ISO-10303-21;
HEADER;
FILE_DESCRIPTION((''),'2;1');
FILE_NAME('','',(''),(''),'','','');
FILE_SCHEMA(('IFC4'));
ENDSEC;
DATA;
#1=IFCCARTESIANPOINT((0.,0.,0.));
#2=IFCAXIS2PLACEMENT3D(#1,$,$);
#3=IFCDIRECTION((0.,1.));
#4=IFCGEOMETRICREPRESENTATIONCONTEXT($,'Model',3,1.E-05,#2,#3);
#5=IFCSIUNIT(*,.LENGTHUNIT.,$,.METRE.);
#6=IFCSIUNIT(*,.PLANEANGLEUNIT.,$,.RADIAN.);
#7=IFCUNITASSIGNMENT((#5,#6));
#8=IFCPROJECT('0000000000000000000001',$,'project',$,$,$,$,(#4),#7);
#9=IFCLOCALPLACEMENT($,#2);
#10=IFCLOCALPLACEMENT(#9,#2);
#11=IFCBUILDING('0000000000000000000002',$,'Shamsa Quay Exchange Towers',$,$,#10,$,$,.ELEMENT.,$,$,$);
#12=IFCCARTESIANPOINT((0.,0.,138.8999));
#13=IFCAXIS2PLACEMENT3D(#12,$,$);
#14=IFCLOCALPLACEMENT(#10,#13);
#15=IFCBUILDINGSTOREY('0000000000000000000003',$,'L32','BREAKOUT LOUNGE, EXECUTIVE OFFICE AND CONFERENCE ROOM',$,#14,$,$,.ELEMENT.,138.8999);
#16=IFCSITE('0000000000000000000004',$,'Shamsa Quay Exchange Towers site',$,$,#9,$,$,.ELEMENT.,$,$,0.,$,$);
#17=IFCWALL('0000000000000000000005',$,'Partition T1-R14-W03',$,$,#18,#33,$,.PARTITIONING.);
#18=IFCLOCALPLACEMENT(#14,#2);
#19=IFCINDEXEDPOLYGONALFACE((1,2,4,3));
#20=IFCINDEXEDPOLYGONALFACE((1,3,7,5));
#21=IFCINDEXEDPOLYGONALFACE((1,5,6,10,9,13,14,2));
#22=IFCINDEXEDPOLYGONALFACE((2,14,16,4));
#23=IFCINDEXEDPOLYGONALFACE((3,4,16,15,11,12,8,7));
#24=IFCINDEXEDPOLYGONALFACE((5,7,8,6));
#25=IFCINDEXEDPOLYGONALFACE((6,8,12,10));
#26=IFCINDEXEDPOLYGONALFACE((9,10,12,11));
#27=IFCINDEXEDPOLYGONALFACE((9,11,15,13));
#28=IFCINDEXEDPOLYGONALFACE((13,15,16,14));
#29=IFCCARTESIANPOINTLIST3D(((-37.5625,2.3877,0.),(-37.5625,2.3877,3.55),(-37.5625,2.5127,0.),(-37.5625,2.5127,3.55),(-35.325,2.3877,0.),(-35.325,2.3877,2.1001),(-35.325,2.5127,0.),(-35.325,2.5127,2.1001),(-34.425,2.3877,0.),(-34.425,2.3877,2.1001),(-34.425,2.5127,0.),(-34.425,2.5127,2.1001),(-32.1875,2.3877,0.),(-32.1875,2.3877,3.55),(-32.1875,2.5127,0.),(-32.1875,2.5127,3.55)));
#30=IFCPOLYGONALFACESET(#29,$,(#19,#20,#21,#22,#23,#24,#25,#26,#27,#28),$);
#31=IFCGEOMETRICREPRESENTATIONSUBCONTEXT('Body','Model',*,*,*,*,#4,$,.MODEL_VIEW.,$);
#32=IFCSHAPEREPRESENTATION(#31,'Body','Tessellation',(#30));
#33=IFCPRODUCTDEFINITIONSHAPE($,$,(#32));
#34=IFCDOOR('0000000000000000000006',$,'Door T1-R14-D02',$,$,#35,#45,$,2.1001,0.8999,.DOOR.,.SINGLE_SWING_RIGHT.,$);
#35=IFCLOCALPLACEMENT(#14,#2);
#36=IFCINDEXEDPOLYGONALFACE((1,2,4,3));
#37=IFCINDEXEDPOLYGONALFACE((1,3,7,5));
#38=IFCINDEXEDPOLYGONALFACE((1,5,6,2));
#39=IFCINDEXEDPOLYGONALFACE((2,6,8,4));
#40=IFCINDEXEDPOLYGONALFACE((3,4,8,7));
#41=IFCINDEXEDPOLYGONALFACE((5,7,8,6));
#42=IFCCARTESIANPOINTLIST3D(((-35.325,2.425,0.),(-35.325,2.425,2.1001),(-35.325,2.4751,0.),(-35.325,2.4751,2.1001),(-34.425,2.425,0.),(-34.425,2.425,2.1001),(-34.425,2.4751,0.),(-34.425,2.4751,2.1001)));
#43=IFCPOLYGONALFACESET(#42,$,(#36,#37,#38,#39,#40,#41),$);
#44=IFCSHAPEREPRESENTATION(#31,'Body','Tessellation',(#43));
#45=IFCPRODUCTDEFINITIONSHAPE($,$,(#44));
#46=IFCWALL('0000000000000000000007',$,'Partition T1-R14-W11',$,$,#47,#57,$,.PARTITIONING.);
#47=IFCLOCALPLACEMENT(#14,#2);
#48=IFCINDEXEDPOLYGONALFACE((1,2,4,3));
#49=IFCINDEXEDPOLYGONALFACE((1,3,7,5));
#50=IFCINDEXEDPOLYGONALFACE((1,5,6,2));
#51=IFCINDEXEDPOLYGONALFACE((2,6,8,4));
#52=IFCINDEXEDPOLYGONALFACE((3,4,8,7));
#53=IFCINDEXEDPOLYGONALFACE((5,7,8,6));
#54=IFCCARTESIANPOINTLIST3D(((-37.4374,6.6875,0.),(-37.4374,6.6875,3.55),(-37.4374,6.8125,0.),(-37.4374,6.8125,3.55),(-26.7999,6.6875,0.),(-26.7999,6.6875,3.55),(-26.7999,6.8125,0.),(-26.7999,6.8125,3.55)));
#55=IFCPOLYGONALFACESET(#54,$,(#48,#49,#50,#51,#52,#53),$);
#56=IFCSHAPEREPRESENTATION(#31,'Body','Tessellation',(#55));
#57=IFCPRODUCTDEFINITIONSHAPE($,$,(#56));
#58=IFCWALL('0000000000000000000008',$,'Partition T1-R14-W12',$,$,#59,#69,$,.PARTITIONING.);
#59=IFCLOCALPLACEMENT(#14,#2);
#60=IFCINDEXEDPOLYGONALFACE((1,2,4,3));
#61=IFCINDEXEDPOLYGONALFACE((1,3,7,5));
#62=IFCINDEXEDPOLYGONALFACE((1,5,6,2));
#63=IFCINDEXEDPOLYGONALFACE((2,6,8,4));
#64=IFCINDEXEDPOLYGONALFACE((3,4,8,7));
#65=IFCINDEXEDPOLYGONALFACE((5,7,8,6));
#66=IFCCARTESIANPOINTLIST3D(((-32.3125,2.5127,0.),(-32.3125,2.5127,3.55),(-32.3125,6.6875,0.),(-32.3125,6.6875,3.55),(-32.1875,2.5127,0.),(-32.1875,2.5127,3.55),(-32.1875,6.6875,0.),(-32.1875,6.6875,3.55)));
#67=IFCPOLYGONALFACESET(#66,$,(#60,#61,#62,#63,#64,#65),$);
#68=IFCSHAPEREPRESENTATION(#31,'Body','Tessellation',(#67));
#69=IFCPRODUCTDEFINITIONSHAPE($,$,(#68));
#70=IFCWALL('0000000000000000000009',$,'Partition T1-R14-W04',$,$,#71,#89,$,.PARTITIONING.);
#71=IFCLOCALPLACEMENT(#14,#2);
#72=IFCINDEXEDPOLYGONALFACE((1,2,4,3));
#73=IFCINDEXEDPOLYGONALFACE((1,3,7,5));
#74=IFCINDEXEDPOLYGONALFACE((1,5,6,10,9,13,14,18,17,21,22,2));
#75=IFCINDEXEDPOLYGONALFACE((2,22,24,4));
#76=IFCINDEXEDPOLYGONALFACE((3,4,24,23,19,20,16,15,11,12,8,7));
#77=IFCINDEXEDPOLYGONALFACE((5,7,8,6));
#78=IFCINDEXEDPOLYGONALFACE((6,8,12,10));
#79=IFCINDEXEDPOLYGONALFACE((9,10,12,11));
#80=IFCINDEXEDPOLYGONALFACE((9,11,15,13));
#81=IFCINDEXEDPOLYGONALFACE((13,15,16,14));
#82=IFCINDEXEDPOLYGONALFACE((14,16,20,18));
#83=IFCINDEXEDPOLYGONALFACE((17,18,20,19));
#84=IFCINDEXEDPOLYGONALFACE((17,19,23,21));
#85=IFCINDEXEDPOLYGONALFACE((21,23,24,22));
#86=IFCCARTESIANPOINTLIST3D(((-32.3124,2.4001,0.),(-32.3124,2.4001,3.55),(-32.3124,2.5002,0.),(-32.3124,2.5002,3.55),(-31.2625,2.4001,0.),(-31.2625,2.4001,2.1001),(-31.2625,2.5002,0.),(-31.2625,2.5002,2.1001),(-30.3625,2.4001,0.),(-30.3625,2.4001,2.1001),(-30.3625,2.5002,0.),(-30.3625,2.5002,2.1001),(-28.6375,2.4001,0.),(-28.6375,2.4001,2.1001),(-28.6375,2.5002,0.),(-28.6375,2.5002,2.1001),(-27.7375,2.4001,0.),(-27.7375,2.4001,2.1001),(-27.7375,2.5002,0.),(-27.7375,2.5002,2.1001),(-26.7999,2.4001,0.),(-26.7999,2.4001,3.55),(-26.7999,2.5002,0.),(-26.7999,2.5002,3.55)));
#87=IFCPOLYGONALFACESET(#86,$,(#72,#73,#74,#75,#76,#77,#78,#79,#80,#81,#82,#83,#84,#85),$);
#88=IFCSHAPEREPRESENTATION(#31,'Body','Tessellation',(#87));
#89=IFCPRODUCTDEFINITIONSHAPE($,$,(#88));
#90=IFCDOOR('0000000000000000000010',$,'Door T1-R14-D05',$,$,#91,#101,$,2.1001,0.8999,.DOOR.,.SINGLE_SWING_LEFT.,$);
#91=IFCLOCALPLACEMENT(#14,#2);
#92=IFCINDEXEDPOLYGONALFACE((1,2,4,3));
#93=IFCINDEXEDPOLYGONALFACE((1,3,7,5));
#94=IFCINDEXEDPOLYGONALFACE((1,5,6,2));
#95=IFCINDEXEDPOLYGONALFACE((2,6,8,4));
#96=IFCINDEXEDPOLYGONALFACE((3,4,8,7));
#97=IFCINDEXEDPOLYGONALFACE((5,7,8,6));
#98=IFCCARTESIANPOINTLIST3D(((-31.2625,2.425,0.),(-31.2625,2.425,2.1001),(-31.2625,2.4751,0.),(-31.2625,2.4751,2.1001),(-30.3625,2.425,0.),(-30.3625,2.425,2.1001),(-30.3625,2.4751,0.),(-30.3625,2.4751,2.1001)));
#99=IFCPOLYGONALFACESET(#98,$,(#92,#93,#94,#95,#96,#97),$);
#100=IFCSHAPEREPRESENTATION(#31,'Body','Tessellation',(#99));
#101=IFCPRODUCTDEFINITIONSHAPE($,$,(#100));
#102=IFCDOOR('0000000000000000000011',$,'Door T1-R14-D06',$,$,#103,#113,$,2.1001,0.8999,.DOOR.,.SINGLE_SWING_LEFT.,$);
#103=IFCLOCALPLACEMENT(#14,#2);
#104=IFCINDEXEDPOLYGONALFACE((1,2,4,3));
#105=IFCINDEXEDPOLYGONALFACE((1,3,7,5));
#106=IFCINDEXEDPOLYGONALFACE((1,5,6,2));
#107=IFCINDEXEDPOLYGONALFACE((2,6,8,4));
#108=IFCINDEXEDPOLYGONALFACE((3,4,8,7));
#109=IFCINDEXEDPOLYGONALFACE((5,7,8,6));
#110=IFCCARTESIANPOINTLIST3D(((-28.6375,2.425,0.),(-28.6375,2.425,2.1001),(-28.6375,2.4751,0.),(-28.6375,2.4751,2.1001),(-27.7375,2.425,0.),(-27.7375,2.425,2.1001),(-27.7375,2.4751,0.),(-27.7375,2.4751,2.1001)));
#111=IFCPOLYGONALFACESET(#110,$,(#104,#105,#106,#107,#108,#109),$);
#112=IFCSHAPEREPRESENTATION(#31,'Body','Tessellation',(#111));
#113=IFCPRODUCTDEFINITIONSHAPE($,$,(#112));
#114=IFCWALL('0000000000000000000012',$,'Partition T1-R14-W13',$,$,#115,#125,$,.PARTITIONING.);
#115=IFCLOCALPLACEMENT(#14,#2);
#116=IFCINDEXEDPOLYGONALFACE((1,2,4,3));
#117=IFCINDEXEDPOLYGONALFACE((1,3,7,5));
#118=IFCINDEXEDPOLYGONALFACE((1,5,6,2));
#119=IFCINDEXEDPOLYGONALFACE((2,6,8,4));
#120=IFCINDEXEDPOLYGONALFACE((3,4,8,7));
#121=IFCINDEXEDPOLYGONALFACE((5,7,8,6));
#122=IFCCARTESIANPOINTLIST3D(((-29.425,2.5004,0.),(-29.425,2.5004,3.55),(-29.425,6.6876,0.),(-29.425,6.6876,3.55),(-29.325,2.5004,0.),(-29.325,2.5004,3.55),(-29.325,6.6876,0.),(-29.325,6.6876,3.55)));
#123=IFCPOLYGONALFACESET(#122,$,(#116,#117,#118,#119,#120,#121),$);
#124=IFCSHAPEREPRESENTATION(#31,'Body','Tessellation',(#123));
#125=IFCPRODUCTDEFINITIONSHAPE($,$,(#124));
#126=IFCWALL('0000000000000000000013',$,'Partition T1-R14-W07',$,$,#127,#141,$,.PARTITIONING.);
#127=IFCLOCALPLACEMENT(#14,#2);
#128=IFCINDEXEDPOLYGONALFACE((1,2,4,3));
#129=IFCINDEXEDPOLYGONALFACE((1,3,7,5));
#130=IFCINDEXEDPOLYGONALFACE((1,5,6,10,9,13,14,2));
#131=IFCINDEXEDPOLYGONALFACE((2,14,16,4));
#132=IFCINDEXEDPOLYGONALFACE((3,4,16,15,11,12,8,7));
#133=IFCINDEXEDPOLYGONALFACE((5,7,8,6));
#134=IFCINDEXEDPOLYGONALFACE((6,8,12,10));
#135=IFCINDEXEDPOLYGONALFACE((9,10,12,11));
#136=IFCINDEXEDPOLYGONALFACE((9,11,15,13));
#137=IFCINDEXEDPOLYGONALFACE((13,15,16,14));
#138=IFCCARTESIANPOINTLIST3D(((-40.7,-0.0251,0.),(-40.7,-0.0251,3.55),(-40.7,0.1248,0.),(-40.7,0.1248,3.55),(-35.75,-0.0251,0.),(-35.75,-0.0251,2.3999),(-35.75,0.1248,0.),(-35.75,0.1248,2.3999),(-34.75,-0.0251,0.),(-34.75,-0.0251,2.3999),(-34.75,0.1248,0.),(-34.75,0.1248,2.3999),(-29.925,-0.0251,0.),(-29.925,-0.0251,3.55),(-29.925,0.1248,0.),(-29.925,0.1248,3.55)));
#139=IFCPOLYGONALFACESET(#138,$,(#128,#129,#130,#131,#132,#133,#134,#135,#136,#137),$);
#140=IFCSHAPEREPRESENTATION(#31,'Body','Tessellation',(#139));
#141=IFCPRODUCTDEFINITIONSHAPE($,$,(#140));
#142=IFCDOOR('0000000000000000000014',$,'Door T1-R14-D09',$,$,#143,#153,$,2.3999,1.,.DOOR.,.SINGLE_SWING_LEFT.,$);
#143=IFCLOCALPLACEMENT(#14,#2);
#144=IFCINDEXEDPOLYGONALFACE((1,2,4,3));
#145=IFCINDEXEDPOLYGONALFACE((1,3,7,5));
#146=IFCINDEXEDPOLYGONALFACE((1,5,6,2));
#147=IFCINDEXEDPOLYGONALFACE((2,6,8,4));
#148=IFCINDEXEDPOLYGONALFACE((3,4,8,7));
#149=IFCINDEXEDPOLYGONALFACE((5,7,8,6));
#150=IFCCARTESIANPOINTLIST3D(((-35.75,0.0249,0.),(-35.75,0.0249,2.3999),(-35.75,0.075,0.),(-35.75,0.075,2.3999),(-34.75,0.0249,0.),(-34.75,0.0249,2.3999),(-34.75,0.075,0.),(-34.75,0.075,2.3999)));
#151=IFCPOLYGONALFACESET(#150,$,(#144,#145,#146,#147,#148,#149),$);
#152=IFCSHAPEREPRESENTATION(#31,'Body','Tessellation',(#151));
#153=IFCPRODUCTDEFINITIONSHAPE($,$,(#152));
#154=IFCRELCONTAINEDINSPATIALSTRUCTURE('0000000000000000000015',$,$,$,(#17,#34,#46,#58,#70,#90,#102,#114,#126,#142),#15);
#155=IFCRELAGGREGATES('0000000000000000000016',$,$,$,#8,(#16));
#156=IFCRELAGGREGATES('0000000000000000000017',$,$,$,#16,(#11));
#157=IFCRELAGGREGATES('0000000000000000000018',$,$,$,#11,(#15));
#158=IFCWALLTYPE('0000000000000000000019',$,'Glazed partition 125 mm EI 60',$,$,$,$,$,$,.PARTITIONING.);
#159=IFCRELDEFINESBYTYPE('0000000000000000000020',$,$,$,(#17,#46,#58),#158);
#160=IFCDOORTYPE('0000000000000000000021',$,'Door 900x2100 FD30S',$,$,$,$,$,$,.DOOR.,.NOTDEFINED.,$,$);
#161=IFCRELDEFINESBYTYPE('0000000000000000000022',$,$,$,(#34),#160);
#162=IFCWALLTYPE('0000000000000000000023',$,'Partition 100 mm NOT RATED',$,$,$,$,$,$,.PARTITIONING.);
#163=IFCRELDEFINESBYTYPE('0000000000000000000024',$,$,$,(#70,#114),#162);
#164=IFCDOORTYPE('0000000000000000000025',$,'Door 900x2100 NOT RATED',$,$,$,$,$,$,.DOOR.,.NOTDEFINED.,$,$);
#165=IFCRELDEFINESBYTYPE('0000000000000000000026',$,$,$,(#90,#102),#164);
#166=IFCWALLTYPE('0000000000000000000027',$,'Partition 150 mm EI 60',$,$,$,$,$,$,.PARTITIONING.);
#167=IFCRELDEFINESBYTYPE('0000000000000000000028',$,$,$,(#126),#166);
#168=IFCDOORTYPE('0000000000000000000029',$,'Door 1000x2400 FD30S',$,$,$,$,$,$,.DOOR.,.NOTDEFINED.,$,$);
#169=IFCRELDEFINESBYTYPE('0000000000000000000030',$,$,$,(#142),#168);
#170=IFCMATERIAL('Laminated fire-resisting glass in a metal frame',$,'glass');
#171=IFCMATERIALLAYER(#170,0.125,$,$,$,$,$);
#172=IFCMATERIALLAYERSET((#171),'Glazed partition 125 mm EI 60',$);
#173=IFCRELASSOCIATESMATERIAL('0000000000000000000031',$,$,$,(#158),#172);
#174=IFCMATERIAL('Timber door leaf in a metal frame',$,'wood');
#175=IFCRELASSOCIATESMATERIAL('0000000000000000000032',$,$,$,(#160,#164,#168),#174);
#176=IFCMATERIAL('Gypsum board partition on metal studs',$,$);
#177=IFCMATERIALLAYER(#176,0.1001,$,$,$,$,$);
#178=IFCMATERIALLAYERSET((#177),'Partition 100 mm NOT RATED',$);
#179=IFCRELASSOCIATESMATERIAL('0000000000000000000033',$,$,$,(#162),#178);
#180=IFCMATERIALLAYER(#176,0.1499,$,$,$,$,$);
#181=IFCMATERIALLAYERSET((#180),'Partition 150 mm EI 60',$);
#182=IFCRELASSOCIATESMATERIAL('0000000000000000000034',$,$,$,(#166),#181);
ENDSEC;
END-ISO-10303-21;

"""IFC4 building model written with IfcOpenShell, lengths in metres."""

from ifc_helpers import new_model, si_unit, direction, frame, frame_2d, origin, place, context, subcontext, project, spatial, rectangle, extrude, material, layer, layer_set, type_object, element, fill, save


model = new_model("IFC4")

# Units and contexts
model_context = context("Model", 3, precision=1e-05, world=origin(), true_north=direction((0.0, 1.0)))
body_context = subcontext(model_context, "Body", "Model", "MODEL_VIEW")
ifc_project = project(units=[si_unit("LENGTHUNIT", "METRE"), si_unit("PLANEANGLEUNIT", "RADIAN")], contexts=[model_context])

# Site, building, storey
site_placement = place(None, origin())
site = spatial("IfcSite", under=ifc_project, at=site_placement, Name="Shamsa Quay Exchange Towers site", CompositionType="ELEMENT", RefElevation=0.0)
building_placement = place(site_placement, origin())
building = spatial("IfcBuilding", under=site, at=building_placement, Name="Shamsa Quay Exchange Towers", CompositionType="ELEMENT")
storey_placement = place(building_placement, frame((0.0, 0.0, 138.8999)))
storey = spatial("IfcBuildingStorey", under=building, at=storey_placement, Name="L32", Description="BREAKOUT LOUNGE, EXECUTIVE OFFICE AND CONFERENCE ROOM", CompositionType="ELEMENT", Elevation=138.8999)

# Wall, opening, door
ifc_material_1 = material(Name="Laminated fire-resisting glass in a metal frame", Category="glass")
ifc_layer_1 = layer(ifc_material_1, 0.125)
ifc_layer_set_1 = layer_set([ifc_layer_1], Name="Glazed partition 125 mm EI 60")
wall_type_1 = type_object("IfcWallType", Name="Glazed partition 125 mm EI 60", PredefinedType="PARTITIONING", material=ifc_layer_set_1)
ifc_material_2 = material(Name="Timber door leaf in a metal frame", Category="wood")
door_type_1 = type_object("IfcDoorType", Name="Door 900x2100 FD30S", OperationType="NOTDEFINED", PredefinedType="DOOR", material=ifc_material_2)
wall_1_placement = place(storey_placement, frame((-37.5625, 2.4502, 0.0)))
wall_1 = element("IfcWall", 1, at=wall_1_placement, inside=storey, type_object=wall_type_1, Name="Partition T1-R14-W03", PredefinedType="PARTITIONING", context=body_context, shape_type="SweptSolid", body=[
    extrude(rectangle(XDim=5.375, YDim=0.125, at=frame_2d((2.6875, 0.0))), origin(), (0.0, 0.0, 1.0), 3.55),
])
opening_1_placement = place(wall_1_placement, frame((2.2375, 0.0, 0.0)))
opening_1 = element("IfcOpeningElement", 2, at=opening_1_placement, cuts=wall_1, PredefinedType="OPENING", context=body_context, shape_type="SweptSolid", body=[
    extrude(rectangle(XDim=0.8999, YDim=2.1001, at=frame_2d((0.45, 1.05))), frame((0.0, 0.0725, 0.0), z_axis=(0.0, -1.0, 0.0), x_axis=(1.0, 0.0, 0.0)), (0.0, 0.0, 1.0), 0.145),
])
door_1_placement = place(opening_1_placement, origin())
door_1 = element("IfcDoor", 3, at=door_1_placement, inside=storey, type_object=door_type_1, Name="Door T1-R14-D02", OperationType="SINGLE_SWING_RIGHT", OverallHeight=2.1001, OverallWidth=0.8999, PredefinedType="DOOR", context=body_context, shape_type="SweptSolid", body=[
    extrude(rectangle(XDim=0.8999, YDim=2.1001, at=frame_2d((0.45, 1.05))), frame((0.0, 0.0249, 0.0), z_axis=(0.0, -1.0, 0.0), x_axis=(1.0, 0.0, 0.0)), (0.0, 0.0, 1.0), 0.05),
])
fill(opening_1, door_1)

# Walls
wall_2_placement = place(storey_placement, frame((-37.4375, 6.75, 0.0)))
element("IfcWall", 4, at=wall_2_placement, inside=storey, type_object=wall_type_1, Name="Partition T1-R14-W11", PredefinedType="PARTITIONING", context=body_context, shape_type="SweptSolid", body=[
    extrude(rectangle(XDim=10.6375, YDim=0.125, at=frame_2d((5.3188, 0.0))), origin(), (0.0, 0.0, 1.0), 3.55),
])
wall_3_placement = place(storey_placement, frame((-32.25, 2.5127, 0.0), z_axis=(0.0, 0.0, 1.0), x_axis=(0.0, 1.0, 0.0)))
element("IfcWall", 5, at=wall_3_placement, inside=storey, type_object=wall_type_1, Name="Partition T1-R14-W12", PredefinedType="PARTITIONING", context=body_context, shape_type="SweptSolid", body=[
    extrude(rectangle(XDim=4.1748, YDim=0.125, at=frame_2d((2.0874, 0.0))), origin(), (0.0, 0.0, 1.0), 3.55),
])

# Wall, openings, doors
ifc_material_3 = material(Name="Gypsum board partition on metal studs")
ifc_layer_2 = layer(ifc_material_3, 0.1001)
ifc_layer_set_2 = layer_set([ifc_layer_2], Name="Partition 100 mm NOT RATED")
wall_type_2 = type_object("IfcWallType", Name="Partition 100 mm NOT RATED", PredefinedType="PARTITIONING", material=ifc_layer_set_2)
wall_4_placement = place(storey_placement, frame((-32.3125, 2.4502, 0.0)))
wall_4 = element("IfcWall", 6, at=wall_4_placement, inside=storey, type_object=wall_type_2, Name="Partition T1-R14-W04", PredefinedType="PARTITIONING", context=body_context, shape_type="SweptSolid", body=[
    extrude(rectangle(XDim=5.5125, YDim=0.1001, at=frame_2d((2.7563, 0.0))), origin(), (0.0, 0.0, 1.0), 3.55),
])
opening_2_placement = place(wall_4_placement, frame((1.05, 0.0, 0.0)))
opening_2 = element("IfcOpeningElement", 7, at=opening_2_placement, cuts=wall_4, PredefinedType="OPENING", context=body_context, shape_type="SweptSolid", body=[
    extrude(rectangle(XDim=0.8999, YDim=2.1001, at=frame_2d((0.45, 1.05))), frame((0.0, 0.0601, 0.0), z_axis=(0.0, -1.0, 0.0), x_axis=(1.0, 0.0, 0.0)), (0.0, 0.0, 1.0), 0.1201),
])
opening_3_placement = place(wall_4_placement, frame((3.675, 0.0, 0.0)))
opening_3 = element("IfcOpeningElement", 8, at=opening_3_placement, cuts=wall_4, PredefinedType="OPENING", context=body_context, shape_type="SweptSolid", body=[
    extrude(rectangle(XDim=0.8999, YDim=2.1001, at=frame_2d((0.45, 1.05))), frame((0.0, 0.0601, 0.0), z_axis=(0.0, -1.0, 0.0), x_axis=(1.0, 0.0, 0.0)), (0.0, 0.0, 1.0), 0.1201),
])
door_type_2 = type_object("IfcDoorType", Name="Door 900x2100 NOT RATED", OperationType="NOTDEFINED", PredefinedType="DOOR", material=ifc_material_2)
door_2_placement = place(opening_2_placement, origin())
door_2 = element("IfcDoor", 9, at=door_2_placement, inside=storey, type_object=door_type_2, Name="Door T1-R14-D05", OperationType="SINGLE_SWING_LEFT", OverallHeight=2.1001, OverallWidth=0.8999, PredefinedType="DOOR", context=body_context, shape_type="SweptSolid", body=[
    extrude(rectangle(XDim=0.8999, YDim=2.1001, at=frame_2d((0.45, 1.05))), frame((0.0, 0.0249, 0.0), z_axis=(0.0, -1.0, 0.0), x_axis=(1.0, 0.0, 0.0)), (0.0, 0.0, 1.0), 0.05),
])
fill(opening_2, door_2)
door_3_placement = place(opening_3_placement, origin())
door_3 = element("IfcDoor", 10, at=door_3_placement, inside=storey, type_object=door_type_2, Name="Door T1-R14-D06", OperationType="SINGLE_SWING_LEFT", OverallHeight=2.1001, OverallWidth=0.8999, PredefinedType="DOOR", context=body_context, shape_type="SweptSolid", body=[
    extrude(rectangle(XDim=0.8999, YDim=2.1001, at=frame_2d((0.45, 1.05))), frame((0.0, 0.0249, 0.0), z_axis=(0.0, -1.0, 0.0), x_axis=(1.0, 0.0, 0.0)), (0.0, 0.0, 1.0), 0.05),
])
fill(opening_3, door_3)

# Wall
wall_5_placement = place(storey_placement, frame((-29.375, 2.5002, 0.0), z_axis=(0.0, 0.0, 1.0), x_axis=(0.0, 1.0, 0.0)))
element("IfcWall", 11, at=wall_5_placement, inside=storey, type_object=wall_type_2, Name="Partition T1-R14-W13", PredefinedType="PARTITIONING", context=body_context, shape_type="SweptSolid", body=[
    extrude(rectangle(XDim=4.1873, YDim=0.1001, at=frame_2d((2.0938, 0.0))), origin(), (0.0, 0.0, 1.0), 3.55),
])

# Wall, opening, door
ifc_layer_3 = layer(ifc_material_3, 0.1499)
ifc_layer_set_3 = layer_set([ifc_layer_3], Name="Partition 150 mm EI 60")
wall_type_3 = type_object("IfcWallType", Name="Partition 150 mm EI 60", PredefinedType="PARTITIONING", material=ifc_layer_set_3)
door_type_3 = type_object("IfcDoorType", Name="Door 1000x2400 FD30S", OperationType="NOTDEFINED", PredefinedType="DOOR", material=ifc_material_2)
wall_6_placement = place(storey_placement, frame((-29.925, 0.0498, 0.0), z_axis=(0.0, 0.0, 1.0), x_axis=(-1.0, 0.0, 0.0)))
wall_6 = element("IfcWall", 12, at=wall_6_placement, inside=storey, type_object=wall_type_3, Name="Partition T1-R14-W07", PredefinedType="PARTITIONING", context=body_context, shape_type="SweptSolid", body=[
    extrude(rectangle(XDim=10.7749, YDim=0.1499, at=frame_2d((5.3875, 0.0))), origin(), (0.0, 0.0, 1.0), 3.55),
])
opening_4_placement = place(wall_6_placement, frame((4.825, 0.0, 0.0)))
opening_4 = element("IfcOpeningElement", 13, at=opening_4_placement, cuts=wall_6, PredefinedType="OPENING", context=body_context, shape_type="SweptSolid", body=[
    extrude(rectangle(XDim=1.0, YDim=2.3999, at=frame_2d((0.5, 1.2))), frame((0.0, 0.085, 0.0), z_axis=(0.0, -1.0, 0.0), x_axis=(1.0, 0.0, 0.0)), (0.0, 0.0, 1.0), 0.1699),
])
door_4_placement = place(opening_4_placement, origin())
door_4 = element("IfcDoor", 14, at=door_4_placement, inside=storey, type_object=door_type_3, Name="Door T1-R14-D09", OperationType="SINGLE_SWING_LEFT", OverallHeight=2.3999, OverallWidth=1.0, PredefinedType="DOOR", context=body_context, shape_type="SweptSolid", body=[
    extrude(rectangle(XDim=1.0, YDim=2.3999, at=frame_2d((0.5, 1.2))), frame((0.0, 0.0249, 0.0), z_axis=(0.0, -1.0, 0.0), x_axis=(1.0, 0.0, 0.0)), (0.0, 0.0, 1.0), 0.05),
])
fill(opening_4, door_4)

save(model, "model.ifc")
